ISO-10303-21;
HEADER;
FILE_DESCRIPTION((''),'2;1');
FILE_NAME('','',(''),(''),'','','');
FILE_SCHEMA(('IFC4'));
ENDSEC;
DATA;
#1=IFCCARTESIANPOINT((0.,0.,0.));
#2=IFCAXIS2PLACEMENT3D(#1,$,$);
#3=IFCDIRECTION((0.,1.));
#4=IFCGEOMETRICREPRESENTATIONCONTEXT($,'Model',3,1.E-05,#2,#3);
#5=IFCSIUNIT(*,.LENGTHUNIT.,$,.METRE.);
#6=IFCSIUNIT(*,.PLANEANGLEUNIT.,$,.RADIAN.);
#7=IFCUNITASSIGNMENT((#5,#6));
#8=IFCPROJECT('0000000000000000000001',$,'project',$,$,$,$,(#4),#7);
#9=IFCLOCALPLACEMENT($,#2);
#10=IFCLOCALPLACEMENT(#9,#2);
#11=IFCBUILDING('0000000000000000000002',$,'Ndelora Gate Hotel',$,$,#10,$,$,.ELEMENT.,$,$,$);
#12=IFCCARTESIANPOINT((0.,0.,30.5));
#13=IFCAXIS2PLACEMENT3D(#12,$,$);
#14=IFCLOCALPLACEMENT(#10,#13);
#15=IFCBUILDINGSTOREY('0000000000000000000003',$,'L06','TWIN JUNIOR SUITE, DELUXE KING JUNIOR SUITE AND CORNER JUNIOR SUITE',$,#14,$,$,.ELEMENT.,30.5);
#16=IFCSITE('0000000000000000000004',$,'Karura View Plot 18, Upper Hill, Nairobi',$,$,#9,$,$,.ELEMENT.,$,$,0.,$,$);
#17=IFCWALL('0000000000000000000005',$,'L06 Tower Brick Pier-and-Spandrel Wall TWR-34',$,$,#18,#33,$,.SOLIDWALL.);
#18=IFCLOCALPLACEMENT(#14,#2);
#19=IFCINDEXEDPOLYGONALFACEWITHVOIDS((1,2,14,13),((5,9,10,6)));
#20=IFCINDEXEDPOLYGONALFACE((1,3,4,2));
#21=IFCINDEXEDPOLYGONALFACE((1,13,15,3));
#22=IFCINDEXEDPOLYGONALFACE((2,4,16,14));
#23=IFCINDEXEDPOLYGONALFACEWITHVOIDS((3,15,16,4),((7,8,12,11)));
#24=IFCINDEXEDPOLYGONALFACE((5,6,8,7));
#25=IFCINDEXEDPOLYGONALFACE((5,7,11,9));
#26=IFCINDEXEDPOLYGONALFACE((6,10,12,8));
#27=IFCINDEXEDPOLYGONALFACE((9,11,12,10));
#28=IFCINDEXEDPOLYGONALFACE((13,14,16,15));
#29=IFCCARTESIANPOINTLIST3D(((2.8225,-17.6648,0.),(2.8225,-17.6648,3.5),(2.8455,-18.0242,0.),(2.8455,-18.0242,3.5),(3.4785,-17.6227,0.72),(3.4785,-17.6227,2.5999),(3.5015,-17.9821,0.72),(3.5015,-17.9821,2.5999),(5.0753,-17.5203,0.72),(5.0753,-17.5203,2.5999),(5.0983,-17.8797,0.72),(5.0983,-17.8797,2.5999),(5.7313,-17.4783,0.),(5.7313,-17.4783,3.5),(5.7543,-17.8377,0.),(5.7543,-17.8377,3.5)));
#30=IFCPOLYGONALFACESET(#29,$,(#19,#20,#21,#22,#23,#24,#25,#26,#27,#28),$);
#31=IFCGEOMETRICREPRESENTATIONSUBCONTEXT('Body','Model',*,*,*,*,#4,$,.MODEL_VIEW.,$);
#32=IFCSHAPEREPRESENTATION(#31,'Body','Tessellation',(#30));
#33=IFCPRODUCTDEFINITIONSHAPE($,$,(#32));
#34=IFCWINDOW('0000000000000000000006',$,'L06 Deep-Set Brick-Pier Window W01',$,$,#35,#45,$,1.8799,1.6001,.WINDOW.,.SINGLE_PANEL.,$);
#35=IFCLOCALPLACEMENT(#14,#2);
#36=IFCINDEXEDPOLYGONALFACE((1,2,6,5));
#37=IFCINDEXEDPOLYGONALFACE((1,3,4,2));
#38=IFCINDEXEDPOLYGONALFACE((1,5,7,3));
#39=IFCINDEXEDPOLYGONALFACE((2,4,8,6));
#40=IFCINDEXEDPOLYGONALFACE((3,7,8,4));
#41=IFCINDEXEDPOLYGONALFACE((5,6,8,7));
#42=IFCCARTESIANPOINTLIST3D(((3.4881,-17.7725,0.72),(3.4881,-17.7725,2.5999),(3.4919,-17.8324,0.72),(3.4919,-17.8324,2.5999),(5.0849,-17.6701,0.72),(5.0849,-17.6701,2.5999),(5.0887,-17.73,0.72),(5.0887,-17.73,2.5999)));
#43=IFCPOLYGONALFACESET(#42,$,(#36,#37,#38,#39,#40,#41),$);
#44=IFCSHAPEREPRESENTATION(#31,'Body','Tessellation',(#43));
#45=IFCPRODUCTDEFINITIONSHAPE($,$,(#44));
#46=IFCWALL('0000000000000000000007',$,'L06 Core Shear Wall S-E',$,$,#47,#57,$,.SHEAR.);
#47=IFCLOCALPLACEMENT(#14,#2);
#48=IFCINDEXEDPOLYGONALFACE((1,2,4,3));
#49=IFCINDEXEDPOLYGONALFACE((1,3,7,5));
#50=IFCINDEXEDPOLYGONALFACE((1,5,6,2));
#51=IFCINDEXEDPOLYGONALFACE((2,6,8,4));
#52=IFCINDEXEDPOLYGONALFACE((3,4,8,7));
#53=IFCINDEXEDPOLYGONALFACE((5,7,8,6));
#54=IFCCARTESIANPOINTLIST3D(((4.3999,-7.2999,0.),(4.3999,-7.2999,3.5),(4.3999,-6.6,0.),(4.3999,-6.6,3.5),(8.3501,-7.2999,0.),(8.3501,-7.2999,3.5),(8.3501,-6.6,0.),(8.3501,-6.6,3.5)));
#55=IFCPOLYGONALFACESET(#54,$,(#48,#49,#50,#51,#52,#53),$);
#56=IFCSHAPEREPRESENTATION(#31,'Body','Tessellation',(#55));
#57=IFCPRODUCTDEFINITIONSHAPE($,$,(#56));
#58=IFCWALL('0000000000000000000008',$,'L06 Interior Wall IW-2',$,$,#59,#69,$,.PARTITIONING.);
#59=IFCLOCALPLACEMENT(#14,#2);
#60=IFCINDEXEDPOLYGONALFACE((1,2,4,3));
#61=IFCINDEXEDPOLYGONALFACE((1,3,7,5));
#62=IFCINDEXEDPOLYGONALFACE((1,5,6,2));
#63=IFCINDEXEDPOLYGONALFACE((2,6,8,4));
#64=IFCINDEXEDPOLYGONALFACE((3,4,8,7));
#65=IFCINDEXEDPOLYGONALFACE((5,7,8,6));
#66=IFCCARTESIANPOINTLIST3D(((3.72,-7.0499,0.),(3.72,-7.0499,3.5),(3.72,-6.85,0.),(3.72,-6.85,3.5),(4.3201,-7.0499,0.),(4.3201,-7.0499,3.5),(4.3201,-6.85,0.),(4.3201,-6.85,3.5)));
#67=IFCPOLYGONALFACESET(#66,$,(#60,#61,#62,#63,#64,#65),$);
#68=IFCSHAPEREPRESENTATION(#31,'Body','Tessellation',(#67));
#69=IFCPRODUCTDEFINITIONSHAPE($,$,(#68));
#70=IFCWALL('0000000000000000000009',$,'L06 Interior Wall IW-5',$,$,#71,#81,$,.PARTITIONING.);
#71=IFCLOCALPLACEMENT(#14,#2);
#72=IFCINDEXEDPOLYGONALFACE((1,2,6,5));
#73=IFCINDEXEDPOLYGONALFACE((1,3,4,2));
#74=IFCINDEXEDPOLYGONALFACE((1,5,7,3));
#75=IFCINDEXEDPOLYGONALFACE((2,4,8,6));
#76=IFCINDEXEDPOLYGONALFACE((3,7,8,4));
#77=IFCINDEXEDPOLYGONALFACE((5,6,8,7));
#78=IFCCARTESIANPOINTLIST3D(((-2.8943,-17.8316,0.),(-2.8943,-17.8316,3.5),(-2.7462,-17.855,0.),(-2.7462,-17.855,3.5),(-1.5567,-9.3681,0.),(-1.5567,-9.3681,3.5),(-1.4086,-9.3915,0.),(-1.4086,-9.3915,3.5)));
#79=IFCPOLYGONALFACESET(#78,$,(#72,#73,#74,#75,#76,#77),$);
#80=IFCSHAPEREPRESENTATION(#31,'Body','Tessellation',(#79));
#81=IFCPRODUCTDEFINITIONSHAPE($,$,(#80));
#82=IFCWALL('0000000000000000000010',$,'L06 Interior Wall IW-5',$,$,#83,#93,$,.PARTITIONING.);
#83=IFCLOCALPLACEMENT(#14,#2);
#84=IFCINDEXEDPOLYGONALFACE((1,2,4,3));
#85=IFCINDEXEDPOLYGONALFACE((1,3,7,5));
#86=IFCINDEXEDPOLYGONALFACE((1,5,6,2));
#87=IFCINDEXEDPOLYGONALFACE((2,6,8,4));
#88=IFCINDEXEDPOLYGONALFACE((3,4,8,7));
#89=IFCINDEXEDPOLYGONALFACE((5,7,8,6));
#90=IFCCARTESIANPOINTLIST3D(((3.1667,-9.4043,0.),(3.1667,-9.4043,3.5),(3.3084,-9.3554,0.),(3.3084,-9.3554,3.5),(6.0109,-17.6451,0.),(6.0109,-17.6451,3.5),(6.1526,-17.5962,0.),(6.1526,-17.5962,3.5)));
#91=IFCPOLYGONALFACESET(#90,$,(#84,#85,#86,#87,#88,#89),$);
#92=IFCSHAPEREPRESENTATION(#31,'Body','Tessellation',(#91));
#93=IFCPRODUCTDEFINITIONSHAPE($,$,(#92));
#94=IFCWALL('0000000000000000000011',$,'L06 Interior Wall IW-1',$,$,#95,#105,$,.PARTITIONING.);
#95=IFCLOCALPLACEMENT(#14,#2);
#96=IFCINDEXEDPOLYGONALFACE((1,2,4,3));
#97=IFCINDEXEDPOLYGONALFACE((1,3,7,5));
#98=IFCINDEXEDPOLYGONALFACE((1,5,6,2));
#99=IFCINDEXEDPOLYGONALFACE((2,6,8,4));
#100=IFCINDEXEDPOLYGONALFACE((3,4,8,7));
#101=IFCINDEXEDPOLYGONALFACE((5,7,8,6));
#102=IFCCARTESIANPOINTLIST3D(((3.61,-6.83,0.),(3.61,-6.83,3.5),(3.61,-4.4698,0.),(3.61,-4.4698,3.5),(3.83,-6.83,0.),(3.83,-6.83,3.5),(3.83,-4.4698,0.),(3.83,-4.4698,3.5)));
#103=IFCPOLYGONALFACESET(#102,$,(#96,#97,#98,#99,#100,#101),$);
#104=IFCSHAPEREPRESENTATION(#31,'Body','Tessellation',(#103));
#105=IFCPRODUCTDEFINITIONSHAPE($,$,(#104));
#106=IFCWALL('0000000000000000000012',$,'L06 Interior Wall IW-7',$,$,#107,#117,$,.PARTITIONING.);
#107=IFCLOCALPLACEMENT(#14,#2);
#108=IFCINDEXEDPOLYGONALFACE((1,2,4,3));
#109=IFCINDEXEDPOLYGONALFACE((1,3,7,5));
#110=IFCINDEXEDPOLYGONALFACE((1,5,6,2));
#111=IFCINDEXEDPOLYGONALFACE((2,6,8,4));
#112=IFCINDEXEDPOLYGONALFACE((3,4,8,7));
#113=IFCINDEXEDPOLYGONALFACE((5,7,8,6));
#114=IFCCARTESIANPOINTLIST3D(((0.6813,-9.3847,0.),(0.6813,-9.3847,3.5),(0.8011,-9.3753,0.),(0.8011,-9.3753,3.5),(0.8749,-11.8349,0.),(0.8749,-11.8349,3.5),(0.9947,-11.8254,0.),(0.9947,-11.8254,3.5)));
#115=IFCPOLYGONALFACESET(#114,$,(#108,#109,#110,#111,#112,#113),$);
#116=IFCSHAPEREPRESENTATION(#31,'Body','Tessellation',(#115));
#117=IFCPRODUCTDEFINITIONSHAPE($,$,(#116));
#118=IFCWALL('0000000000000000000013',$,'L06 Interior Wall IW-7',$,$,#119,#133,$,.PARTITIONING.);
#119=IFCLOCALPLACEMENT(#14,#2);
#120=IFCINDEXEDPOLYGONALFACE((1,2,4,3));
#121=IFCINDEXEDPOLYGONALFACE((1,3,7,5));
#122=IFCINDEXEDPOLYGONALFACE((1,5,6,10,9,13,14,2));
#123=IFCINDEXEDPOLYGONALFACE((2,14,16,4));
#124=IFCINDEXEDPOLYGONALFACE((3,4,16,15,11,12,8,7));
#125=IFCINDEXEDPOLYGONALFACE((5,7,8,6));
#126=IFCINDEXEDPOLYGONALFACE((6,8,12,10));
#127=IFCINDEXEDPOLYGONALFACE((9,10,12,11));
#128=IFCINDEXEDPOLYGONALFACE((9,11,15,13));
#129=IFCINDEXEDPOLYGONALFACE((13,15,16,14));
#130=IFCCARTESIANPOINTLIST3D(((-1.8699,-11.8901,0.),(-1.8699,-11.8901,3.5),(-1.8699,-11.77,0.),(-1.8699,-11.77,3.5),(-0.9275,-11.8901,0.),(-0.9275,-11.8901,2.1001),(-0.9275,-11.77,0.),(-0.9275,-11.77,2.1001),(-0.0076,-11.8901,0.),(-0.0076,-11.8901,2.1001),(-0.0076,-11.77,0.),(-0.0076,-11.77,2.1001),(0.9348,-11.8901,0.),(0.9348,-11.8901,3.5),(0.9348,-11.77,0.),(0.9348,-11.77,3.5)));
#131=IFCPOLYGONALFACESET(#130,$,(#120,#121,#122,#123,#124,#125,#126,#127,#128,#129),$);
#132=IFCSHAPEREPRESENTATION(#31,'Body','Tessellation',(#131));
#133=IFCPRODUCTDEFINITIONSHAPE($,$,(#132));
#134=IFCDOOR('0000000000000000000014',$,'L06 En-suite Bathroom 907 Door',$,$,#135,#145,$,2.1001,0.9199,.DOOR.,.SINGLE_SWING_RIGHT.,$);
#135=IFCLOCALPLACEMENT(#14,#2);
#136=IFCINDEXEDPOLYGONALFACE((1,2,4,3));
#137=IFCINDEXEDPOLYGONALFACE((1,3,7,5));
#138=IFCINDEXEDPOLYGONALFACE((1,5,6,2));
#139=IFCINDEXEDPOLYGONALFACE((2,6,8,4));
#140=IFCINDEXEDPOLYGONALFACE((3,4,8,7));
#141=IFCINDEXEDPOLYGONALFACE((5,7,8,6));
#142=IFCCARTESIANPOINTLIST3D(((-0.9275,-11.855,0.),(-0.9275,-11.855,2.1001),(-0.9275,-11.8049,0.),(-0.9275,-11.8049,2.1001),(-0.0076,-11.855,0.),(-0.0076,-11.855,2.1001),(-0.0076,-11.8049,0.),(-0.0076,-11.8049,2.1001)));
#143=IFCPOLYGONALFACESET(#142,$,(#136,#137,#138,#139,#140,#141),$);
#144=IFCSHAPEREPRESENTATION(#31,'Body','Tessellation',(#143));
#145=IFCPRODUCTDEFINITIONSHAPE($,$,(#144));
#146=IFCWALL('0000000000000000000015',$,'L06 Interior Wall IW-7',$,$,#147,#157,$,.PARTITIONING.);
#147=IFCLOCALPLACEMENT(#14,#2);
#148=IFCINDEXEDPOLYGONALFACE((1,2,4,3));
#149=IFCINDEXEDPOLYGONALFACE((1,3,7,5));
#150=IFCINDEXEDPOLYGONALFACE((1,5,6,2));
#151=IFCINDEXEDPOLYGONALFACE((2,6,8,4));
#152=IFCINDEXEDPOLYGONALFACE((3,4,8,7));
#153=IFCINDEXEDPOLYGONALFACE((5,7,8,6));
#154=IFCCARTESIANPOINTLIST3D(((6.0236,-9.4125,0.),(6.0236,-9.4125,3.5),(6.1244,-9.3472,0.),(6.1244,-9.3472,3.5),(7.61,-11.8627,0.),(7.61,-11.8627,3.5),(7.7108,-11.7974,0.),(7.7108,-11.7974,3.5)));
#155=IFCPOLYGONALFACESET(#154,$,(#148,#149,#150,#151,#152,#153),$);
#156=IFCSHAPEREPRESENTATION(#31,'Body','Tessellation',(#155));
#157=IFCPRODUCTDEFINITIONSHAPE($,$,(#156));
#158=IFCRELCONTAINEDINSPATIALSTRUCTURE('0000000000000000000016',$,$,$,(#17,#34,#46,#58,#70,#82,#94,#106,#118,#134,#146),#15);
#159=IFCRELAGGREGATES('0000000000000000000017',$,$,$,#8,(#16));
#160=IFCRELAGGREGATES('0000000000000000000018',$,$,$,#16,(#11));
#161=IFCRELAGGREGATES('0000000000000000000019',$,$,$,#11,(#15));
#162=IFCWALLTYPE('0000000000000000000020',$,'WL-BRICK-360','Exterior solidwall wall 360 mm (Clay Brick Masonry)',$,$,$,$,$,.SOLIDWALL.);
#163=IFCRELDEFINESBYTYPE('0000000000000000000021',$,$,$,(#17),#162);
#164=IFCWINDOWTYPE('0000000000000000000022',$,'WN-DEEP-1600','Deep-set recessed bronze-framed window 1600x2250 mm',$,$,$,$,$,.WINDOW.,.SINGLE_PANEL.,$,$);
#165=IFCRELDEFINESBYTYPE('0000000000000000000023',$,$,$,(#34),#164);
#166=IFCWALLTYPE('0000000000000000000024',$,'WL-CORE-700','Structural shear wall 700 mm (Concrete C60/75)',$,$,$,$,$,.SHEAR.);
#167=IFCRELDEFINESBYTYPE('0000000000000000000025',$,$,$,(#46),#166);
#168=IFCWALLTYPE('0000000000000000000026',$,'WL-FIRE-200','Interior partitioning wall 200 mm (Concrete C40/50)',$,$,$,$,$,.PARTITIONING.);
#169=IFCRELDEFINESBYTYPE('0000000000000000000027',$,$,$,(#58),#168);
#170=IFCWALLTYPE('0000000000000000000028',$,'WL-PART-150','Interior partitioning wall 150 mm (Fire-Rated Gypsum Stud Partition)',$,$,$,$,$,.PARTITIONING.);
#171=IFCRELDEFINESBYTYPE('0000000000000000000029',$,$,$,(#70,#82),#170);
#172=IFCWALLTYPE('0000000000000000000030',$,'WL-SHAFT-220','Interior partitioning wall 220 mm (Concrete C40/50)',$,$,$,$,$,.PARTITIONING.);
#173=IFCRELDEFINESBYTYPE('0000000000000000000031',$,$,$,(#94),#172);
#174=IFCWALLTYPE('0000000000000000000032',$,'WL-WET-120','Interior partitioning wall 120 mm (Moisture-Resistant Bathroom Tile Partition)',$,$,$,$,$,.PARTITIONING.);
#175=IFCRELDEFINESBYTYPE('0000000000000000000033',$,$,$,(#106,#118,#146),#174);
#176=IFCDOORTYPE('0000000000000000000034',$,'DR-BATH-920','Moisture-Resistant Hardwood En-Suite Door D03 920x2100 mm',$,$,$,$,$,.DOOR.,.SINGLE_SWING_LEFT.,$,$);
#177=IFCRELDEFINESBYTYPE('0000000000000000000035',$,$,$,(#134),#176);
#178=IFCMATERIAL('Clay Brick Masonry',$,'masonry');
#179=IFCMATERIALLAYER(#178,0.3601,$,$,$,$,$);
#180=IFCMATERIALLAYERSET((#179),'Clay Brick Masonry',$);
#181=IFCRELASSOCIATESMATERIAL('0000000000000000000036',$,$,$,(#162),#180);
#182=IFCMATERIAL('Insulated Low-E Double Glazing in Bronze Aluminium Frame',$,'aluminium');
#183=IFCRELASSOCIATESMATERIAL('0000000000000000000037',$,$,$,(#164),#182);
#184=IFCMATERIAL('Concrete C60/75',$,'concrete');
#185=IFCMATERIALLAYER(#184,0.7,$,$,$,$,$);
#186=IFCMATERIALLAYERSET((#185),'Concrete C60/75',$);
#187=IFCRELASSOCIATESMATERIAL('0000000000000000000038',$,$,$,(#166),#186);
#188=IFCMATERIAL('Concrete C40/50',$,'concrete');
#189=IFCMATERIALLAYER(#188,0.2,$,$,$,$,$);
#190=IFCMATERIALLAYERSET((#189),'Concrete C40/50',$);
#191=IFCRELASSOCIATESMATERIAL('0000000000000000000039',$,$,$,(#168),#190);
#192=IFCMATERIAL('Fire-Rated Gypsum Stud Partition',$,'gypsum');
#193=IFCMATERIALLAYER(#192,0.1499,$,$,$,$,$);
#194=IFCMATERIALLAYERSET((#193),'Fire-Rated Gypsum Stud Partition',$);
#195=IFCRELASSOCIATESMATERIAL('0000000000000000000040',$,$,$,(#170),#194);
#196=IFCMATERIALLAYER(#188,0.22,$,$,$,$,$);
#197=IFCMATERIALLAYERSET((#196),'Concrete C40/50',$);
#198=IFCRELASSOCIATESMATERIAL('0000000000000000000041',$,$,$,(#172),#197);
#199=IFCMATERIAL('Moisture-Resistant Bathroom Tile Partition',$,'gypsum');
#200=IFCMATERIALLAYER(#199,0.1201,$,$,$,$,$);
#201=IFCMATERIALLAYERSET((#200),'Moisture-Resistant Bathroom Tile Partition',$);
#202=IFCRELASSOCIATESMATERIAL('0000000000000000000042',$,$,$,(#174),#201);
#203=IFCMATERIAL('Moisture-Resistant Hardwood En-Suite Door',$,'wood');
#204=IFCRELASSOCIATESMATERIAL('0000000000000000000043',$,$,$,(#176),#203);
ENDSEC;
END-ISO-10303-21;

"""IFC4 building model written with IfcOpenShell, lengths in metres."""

from ifc_helpers import new_model, si_unit, direction, frame, frame_2d, origin, place, context, subcontext, project, spatial, rectangle, extrude, material, layer, layer_set, type_object, element, fill, save


model = new_model("IFC4")

# Units and contexts
model_context = context("Model", 3, precision=1e-05, world=origin(), true_north=direction((0.0, 1.0)))
body_context = subcontext(model_context, "Body", "Model", "MODEL_VIEW")
ifc_project = project(units=[si_unit("LENGTHUNIT", "METRE"), si_unit("PLANEANGLEUNIT", "RADIAN")], contexts=[model_context])

# Site, building, storey
site_placement = place(None, origin())
site = spatial("IfcSite", under=ifc_project, at=site_placement, Name="Karura View Plot 18, Upper Hill, Nairobi", CompositionType="ELEMENT", RefElevation=0.0)
building_placement = place(site_placement, origin())
building = spatial("IfcBuilding", under=site, at=building_placement, Name="Ndelora Gate Hotel", CompositionType="ELEMENT")
storey_placement = place(building_placement, frame((0.0, 0.0, 30.5)))
storey = spatial("IfcBuildingStorey", under=building, at=storey_placement, Name="L06", Description="TWIN JUNIOR SUITE, DELUXE KING JUNIOR SUITE AND CORNER JUNIOR SUITE", CompositionType="ELEMENT", Elevation=30.5)

# Shared definitions
ifc_material_1 = material(Name="Concrete C60/75", Category="concrete")

# Shared definitions
ifc_material_2 = material(Name="Clay Brick Masonry", Category="masonry")
ifc_layer_1 = layer(ifc_material_2, 0.3601)
ifc_layer_set_1 = layer_set([ifc_layer_1], Name="Clay Brick Masonry")
wall_type_1 = type_object("IfcWallType", Name="WL-BRICK-360", Description="Exterior solidwall wall 360 mm (Clay Brick Masonry)", PredefinedType="SOLIDWALL", material=ifc_layer_set_1)
ifc_material_3 = material(Name="Insulated Low-E Double Glazing in Bronze Aluminium Frame", Category="aluminium")
window_type = type_object("IfcWindowType", Name="WN-DEEP-1600", Description="Deep-set recessed bronze-framed window 1600x2250 mm", PartitioningType="SINGLE_PANEL", PredefinedType="WINDOW", material=ifc_material_3)

# Wall, opening, window
wall_1_placement = place(storey_placement, frame((5.7429, -17.658, 0.0), z_axis=(0.0, 0.0, 1.0), x_axis=(-0.997951, -0.063989, 0.0)))
wall_1 = element("IfcWall", 1, at=wall_1_placement, inside=storey, type_object=wall_type_1, Name="L06 Tower Brick Pier-and-Spandrel Wall TWR-34", PredefinedType="SOLIDWALL", context=body_context, shape_type="SweptSolid", body=[
    extrude(rectangle(XDim=2.9148, YDim=0.3601, at=frame_2d((1.4575, 0.0))), origin(), (0.0, 0.0, 1.0), 3.5),
])
opening_1_placement = place(wall_1_placement, frame((0.6575, 0.0, 0.72)))
opening_1 = element("IfcOpeningElement", 2, at=opening_1_placement, cuts=wall_1, PredefinedType="OPENING", context=body_context, shape_type="SweptSolid", body=[
    extrude(rectangle(XDim=1.6001, YDim=1.8799, at=frame_2d((0.8, 0.9399))), frame((0.0, 0.1899, 0.0), z_axis=(0.0, -1.0, 0.0), x_axis=(1.0, 0.0, 0.0)), (0.0, 0.0, 1.0), 0.3801),
])
window_1_placement = place(opening_1_placement, origin())
window_1 = element("IfcWindow", 3, at=window_1_placement, inside=storey, type_object=window_type, Name="L06 Deep-Set Brick-Pier Window W01", OverallHeight=1.8799, OverallWidth=1.6001, PartitioningType="SINGLE_PANEL", PredefinedType="WINDOW", context=body_context, shape_type="SweptSolid", body=[
    extrude(rectangle(XDim=1.6001, YDim=1.8799, at=frame_2d((0.8, 0.9399))), frame((0.0, 0.03, 0.0), z_axis=(0.0, -1.0, 0.0), x_axis=(1.0, 0.0, 0.0)), (0.0, 0.0, 1.0), 0.0601),
])
fill(opening_1, window_1)

# Walls
ifc_layer_2 = layer(ifc_material_1, 0.7)
ifc_layer_set_2 = layer_set([ifc_layer_2], Name="Concrete C60/75")
wall_type_2 = type_object("IfcWallType", Name="WL-CORE-700", Description="Structural shear wall 700 mm (Concrete C60/75)", PredefinedType="SHEAR", material=ifc_layer_set_2)
wall_2_placement = place(storey_placement, frame((4.3999, -6.95, 0.0), z_axis=(0.0, 0.0, 1.0), x_axis=(1.0, 0.0, 0.0)))
element("IfcWall", 4, at=wall_2_placement, inside=storey, type_object=wall_type_2, Name="L06 Core Shear Wall S-E", PredefinedType="SHEAR", context=body_context, shape_type="SweptSolid", body=[
    extrude(rectangle(XDim=3.9502, YDim=0.7, at=frame_2d((1.9751, 0.0))), origin(), (0.0, 0.0, 1.0), 3.5),
])
ifc_material_4 = material(Name="Concrete C40/50", Category="concrete")
ifc_layer_3 = layer(ifc_material_4, 0.2)
ifc_layer_set_3 = layer_set([ifc_layer_3], Name="Concrete C40/50")
wall_type_3 = type_object("IfcWallType", Name="WL-FIRE-200", Description="Interior partitioning wall 200 mm (Concrete C40/50)", PredefinedType="PARTITIONING", material=ifc_layer_set_3)
wall_3_placement = place(storey_placement, frame((3.72, -6.95, 0.0), z_axis=(0.0, 0.0, 1.0), x_axis=(1.0, 0.0, 0.0)))
element("IfcWall", 5, at=wall_3_placement, inside=storey, type_object=wall_type_3, Name="L06 Interior Wall IW-2", PredefinedType="PARTITIONING", context=body_context, shape_type="SweptSolid", body=[
    extrude(rectangle(XDim=0.6001, YDim=0.2, at=frame_2d((0.3, 0.0))), origin(), (0.0, 0.0, 1.0), 3.5),
])
ifc_material_5 = material(Name="Fire-Rated Gypsum Stud Partition", Category="gypsum")
ifc_layer_4 = layer(ifc_material_5, 0.1499)
ifc_layer_set_4 = layer_set([ifc_layer_4], Name="Fire-Rated Gypsum Stud Partition")
wall_type_4 = type_object("IfcWallType", Name="WL-PART-150", Description="Interior partitioning wall 150 mm (Fire-Rated Gypsum Stud Partition)", PredefinedType="PARTITIONING", material=ifc_layer_set_4)
wall_4_placement = place(storey_placement, frame((-1.4827, -9.3799, 0.0), z_axis=(0.0, 0.0, 1.0), x_axis=(-0.156109, -0.98774, 0.0)))
element("IfcWall", 6, at=wall_4_placement, inside=storey, type_object=wall_type_4, Name="L06 Interior Wall IW-5", PredefinedType="PARTITIONING", context=body_context, shape_type="SweptSolid", body=[
    extrude(rectangle(XDim=8.5686, YDim=0.1499, at=frame_2d((4.2842, 0.0))), origin(), (0.0, 0.0, 1.0), 3.5),
])
wall_5_placement = place(storey_placement, frame((3.2375, -9.3799, 0.0), z_axis=(0.0, 0.0, 1.0), x_axis=(0.326258, -0.945281, 0.0)))
element("IfcWall", 7, at=wall_5_placement, inside=storey, type_object=wall_type_4, Name="L06 Interior Wall IW-5", PredefinedType="PARTITIONING", context=body_context, shape_type="SweptSolid", body=[
    extrude(rectangle(XDim=8.7178, YDim=0.1499, at=frame_2d((4.3589, 0.0))), origin(), (0.0, 0.0, 1.0), 3.5),
])
ifc_layer_5 = layer(ifc_material_4, 0.22)
ifc_layer_set_5 = layer_set([ifc_layer_5], Name="Concrete C40/50")
wall_type_5 = type_object("IfcWallType", Name="WL-SHAFT-220", Description="Interior partitioning wall 220 mm (Concrete C40/50)", PredefinedType="PARTITIONING", material=ifc_layer_set_5)
wall_6_placement = place(storey_placement, frame((3.72, -6.8301, 0.0), z_axis=(0.0, 0.0, 1.0), x_axis=(0.0, 1.0, 0.0)))
element("IfcWall", 8, at=wall_6_placement, inside=storey, type_object=wall_type_5, Name="L06 Interior Wall IW-1", PredefinedType="PARTITIONING", context=body_context, shape_type="SweptSolid", body=[
    extrude(rectangle(XDim=2.3601, YDim=0.22, at=frame_2d((1.1802, 0.0))), origin(), (0.0, 0.0, 1.0), 3.5),
])
ifc_material_6 = material(Name="Moisture-Resistant Bathroom Tile Partition", Category="gypsum")
ifc_layer_6 = layer(ifc_material_6, 0.1201)
ifc_layer_set_6 = layer_set([ifc_layer_6], Name="Moisture-Resistant Bathroom Tile Partition")
wall_type_6 = type_object("IfcWallType", Name="WL-WET-120", Description="Interior partitioning wall 120 mm (Moisture-Resistant Bathroom Tile Partition)", PredefinedType="PARTITIONING", material=ifc_layer_set_6)
wall_7_placement = place(storey_placement, frame((0.7412, -9.3799, 0.0), z_axis=(0.0, 0.0, 1.0), x_axis=(0.07877, -0.996893, 0.0)))
element("IfcWall", 9, at=wall_7_placement, inside=storey, type_object=wall_type_6, Name="L06 Interior Wall IW-7", PredefinedType="PARTITIONING", context=body_context, shape_type="SweptSolid", body=[
    extrude(rectangle(XDim=2.4578, YDim=0.1201, at=frame_2d((1.229, 0.0))), origin(), (0.0, 0.0, 1.0), 3.5),
])

# Wall, opening, door
wall_8_placement = place(storey_placement, frame((0.9348, -11.8301, 0.0), z_axis=(0.0, 0.0, 1.0), x_axis=(-1.0, 0.0, 0.0)))
wall_8 = element("IfcWall", 10, at=wall_8_placement, inside=storey, type_object=wall_type_6, Name="L06 Interior Wall IW-7", PredefinedType="PARTITIONING", context=body_context, shape_type="SweptSolid", body=[
    extrude(rectangle(XDim=2.8047, YDim=0.1201, at=frame_2d((1.4023, 0.0))), origin(), (0.0, 0.0, 1.0), 3.5),
])
opening_2_placement = place(wall_8_placement, frame((0.9424, 0.0, 0.0)))
opening_2 = element("IfcOpeningElement", 11, at=opening_2_placement, cuts=wall_8, PredefinedType="OPENING", context=body_context, shape_type="SweptSolid", body=[
    extrude(rectangle(XDim=0.9199, YDim=2.1001, at=frame_2d((0.46, 1.05))), frame((0.0, 0.0701, 0.0), z_axis=(0.0, -1.0, 0.0), x_axis=(1.0, 0.0, 0.0)), (0.0, 0.0, 1.0), 0.1401),
])
ifc_material_7 = material(Name="Moisture-Resistant Hardwood En-Suite Door", Category="wood")
door_type = type_object("IfcDoorType", Name="DR-BATH-920", Description="Moisture-Resistant Hardwood En-Suite Door D03 920x2100 mm", OperationType="SINGLE_SWING_LEFT", PredefinedType="DOOR", material=ifc_material_7)
door_1_placement = place(opening_2_placement, origin())
door_1 = element("IfcDoor", 12, at=door_1_placement, inside=storey, type_object=door_type, Name="L06 En-suite Bathroom 907 Door", OperationType="SINGLE_SWING_RIGHT", OverallHeight=2.1001, OverallWidth=0.9199, PredefinedType="DOOR", context=body_context, shape_type="SweptSolid", body=[
    extrude(rectangle(XDim=0.9199, YDim=2.1001, at=frame_2d((0.46, 1.05))), frame((0.0, 0.0249, 0.0), z_axis=(0.0, -1.0, 0.0), x_axis=(1.0, 0.0, 0.0)), (0.0, 0.0, 1.0), 0.05),
])
fill(opening_2, door_1)

# Wall
wall_9_placement = place(storey_placement, frame((6.074, -9.3799, 0.0), z_axis=(0.0, 0.0, 1.0), x_axis=(0.543494, -0.839413, 0.0)))
element("IfcWall", 13, at=wall_9_placement, inside=storey, type_object=wall_type_6, Name="L06 Interior Wall IW-7", PredefinedType="PARTITIONING", context=body_context, shape_type="SweptSolid", body=[
    extrude(rectangle(XDim=2.9189, YDim=0.1201, at=frame_2d((1.4595, 0.0))), origin(), (0.0, 0.0, 1.0), 3.5),
])

save(model, "model.ifc")
